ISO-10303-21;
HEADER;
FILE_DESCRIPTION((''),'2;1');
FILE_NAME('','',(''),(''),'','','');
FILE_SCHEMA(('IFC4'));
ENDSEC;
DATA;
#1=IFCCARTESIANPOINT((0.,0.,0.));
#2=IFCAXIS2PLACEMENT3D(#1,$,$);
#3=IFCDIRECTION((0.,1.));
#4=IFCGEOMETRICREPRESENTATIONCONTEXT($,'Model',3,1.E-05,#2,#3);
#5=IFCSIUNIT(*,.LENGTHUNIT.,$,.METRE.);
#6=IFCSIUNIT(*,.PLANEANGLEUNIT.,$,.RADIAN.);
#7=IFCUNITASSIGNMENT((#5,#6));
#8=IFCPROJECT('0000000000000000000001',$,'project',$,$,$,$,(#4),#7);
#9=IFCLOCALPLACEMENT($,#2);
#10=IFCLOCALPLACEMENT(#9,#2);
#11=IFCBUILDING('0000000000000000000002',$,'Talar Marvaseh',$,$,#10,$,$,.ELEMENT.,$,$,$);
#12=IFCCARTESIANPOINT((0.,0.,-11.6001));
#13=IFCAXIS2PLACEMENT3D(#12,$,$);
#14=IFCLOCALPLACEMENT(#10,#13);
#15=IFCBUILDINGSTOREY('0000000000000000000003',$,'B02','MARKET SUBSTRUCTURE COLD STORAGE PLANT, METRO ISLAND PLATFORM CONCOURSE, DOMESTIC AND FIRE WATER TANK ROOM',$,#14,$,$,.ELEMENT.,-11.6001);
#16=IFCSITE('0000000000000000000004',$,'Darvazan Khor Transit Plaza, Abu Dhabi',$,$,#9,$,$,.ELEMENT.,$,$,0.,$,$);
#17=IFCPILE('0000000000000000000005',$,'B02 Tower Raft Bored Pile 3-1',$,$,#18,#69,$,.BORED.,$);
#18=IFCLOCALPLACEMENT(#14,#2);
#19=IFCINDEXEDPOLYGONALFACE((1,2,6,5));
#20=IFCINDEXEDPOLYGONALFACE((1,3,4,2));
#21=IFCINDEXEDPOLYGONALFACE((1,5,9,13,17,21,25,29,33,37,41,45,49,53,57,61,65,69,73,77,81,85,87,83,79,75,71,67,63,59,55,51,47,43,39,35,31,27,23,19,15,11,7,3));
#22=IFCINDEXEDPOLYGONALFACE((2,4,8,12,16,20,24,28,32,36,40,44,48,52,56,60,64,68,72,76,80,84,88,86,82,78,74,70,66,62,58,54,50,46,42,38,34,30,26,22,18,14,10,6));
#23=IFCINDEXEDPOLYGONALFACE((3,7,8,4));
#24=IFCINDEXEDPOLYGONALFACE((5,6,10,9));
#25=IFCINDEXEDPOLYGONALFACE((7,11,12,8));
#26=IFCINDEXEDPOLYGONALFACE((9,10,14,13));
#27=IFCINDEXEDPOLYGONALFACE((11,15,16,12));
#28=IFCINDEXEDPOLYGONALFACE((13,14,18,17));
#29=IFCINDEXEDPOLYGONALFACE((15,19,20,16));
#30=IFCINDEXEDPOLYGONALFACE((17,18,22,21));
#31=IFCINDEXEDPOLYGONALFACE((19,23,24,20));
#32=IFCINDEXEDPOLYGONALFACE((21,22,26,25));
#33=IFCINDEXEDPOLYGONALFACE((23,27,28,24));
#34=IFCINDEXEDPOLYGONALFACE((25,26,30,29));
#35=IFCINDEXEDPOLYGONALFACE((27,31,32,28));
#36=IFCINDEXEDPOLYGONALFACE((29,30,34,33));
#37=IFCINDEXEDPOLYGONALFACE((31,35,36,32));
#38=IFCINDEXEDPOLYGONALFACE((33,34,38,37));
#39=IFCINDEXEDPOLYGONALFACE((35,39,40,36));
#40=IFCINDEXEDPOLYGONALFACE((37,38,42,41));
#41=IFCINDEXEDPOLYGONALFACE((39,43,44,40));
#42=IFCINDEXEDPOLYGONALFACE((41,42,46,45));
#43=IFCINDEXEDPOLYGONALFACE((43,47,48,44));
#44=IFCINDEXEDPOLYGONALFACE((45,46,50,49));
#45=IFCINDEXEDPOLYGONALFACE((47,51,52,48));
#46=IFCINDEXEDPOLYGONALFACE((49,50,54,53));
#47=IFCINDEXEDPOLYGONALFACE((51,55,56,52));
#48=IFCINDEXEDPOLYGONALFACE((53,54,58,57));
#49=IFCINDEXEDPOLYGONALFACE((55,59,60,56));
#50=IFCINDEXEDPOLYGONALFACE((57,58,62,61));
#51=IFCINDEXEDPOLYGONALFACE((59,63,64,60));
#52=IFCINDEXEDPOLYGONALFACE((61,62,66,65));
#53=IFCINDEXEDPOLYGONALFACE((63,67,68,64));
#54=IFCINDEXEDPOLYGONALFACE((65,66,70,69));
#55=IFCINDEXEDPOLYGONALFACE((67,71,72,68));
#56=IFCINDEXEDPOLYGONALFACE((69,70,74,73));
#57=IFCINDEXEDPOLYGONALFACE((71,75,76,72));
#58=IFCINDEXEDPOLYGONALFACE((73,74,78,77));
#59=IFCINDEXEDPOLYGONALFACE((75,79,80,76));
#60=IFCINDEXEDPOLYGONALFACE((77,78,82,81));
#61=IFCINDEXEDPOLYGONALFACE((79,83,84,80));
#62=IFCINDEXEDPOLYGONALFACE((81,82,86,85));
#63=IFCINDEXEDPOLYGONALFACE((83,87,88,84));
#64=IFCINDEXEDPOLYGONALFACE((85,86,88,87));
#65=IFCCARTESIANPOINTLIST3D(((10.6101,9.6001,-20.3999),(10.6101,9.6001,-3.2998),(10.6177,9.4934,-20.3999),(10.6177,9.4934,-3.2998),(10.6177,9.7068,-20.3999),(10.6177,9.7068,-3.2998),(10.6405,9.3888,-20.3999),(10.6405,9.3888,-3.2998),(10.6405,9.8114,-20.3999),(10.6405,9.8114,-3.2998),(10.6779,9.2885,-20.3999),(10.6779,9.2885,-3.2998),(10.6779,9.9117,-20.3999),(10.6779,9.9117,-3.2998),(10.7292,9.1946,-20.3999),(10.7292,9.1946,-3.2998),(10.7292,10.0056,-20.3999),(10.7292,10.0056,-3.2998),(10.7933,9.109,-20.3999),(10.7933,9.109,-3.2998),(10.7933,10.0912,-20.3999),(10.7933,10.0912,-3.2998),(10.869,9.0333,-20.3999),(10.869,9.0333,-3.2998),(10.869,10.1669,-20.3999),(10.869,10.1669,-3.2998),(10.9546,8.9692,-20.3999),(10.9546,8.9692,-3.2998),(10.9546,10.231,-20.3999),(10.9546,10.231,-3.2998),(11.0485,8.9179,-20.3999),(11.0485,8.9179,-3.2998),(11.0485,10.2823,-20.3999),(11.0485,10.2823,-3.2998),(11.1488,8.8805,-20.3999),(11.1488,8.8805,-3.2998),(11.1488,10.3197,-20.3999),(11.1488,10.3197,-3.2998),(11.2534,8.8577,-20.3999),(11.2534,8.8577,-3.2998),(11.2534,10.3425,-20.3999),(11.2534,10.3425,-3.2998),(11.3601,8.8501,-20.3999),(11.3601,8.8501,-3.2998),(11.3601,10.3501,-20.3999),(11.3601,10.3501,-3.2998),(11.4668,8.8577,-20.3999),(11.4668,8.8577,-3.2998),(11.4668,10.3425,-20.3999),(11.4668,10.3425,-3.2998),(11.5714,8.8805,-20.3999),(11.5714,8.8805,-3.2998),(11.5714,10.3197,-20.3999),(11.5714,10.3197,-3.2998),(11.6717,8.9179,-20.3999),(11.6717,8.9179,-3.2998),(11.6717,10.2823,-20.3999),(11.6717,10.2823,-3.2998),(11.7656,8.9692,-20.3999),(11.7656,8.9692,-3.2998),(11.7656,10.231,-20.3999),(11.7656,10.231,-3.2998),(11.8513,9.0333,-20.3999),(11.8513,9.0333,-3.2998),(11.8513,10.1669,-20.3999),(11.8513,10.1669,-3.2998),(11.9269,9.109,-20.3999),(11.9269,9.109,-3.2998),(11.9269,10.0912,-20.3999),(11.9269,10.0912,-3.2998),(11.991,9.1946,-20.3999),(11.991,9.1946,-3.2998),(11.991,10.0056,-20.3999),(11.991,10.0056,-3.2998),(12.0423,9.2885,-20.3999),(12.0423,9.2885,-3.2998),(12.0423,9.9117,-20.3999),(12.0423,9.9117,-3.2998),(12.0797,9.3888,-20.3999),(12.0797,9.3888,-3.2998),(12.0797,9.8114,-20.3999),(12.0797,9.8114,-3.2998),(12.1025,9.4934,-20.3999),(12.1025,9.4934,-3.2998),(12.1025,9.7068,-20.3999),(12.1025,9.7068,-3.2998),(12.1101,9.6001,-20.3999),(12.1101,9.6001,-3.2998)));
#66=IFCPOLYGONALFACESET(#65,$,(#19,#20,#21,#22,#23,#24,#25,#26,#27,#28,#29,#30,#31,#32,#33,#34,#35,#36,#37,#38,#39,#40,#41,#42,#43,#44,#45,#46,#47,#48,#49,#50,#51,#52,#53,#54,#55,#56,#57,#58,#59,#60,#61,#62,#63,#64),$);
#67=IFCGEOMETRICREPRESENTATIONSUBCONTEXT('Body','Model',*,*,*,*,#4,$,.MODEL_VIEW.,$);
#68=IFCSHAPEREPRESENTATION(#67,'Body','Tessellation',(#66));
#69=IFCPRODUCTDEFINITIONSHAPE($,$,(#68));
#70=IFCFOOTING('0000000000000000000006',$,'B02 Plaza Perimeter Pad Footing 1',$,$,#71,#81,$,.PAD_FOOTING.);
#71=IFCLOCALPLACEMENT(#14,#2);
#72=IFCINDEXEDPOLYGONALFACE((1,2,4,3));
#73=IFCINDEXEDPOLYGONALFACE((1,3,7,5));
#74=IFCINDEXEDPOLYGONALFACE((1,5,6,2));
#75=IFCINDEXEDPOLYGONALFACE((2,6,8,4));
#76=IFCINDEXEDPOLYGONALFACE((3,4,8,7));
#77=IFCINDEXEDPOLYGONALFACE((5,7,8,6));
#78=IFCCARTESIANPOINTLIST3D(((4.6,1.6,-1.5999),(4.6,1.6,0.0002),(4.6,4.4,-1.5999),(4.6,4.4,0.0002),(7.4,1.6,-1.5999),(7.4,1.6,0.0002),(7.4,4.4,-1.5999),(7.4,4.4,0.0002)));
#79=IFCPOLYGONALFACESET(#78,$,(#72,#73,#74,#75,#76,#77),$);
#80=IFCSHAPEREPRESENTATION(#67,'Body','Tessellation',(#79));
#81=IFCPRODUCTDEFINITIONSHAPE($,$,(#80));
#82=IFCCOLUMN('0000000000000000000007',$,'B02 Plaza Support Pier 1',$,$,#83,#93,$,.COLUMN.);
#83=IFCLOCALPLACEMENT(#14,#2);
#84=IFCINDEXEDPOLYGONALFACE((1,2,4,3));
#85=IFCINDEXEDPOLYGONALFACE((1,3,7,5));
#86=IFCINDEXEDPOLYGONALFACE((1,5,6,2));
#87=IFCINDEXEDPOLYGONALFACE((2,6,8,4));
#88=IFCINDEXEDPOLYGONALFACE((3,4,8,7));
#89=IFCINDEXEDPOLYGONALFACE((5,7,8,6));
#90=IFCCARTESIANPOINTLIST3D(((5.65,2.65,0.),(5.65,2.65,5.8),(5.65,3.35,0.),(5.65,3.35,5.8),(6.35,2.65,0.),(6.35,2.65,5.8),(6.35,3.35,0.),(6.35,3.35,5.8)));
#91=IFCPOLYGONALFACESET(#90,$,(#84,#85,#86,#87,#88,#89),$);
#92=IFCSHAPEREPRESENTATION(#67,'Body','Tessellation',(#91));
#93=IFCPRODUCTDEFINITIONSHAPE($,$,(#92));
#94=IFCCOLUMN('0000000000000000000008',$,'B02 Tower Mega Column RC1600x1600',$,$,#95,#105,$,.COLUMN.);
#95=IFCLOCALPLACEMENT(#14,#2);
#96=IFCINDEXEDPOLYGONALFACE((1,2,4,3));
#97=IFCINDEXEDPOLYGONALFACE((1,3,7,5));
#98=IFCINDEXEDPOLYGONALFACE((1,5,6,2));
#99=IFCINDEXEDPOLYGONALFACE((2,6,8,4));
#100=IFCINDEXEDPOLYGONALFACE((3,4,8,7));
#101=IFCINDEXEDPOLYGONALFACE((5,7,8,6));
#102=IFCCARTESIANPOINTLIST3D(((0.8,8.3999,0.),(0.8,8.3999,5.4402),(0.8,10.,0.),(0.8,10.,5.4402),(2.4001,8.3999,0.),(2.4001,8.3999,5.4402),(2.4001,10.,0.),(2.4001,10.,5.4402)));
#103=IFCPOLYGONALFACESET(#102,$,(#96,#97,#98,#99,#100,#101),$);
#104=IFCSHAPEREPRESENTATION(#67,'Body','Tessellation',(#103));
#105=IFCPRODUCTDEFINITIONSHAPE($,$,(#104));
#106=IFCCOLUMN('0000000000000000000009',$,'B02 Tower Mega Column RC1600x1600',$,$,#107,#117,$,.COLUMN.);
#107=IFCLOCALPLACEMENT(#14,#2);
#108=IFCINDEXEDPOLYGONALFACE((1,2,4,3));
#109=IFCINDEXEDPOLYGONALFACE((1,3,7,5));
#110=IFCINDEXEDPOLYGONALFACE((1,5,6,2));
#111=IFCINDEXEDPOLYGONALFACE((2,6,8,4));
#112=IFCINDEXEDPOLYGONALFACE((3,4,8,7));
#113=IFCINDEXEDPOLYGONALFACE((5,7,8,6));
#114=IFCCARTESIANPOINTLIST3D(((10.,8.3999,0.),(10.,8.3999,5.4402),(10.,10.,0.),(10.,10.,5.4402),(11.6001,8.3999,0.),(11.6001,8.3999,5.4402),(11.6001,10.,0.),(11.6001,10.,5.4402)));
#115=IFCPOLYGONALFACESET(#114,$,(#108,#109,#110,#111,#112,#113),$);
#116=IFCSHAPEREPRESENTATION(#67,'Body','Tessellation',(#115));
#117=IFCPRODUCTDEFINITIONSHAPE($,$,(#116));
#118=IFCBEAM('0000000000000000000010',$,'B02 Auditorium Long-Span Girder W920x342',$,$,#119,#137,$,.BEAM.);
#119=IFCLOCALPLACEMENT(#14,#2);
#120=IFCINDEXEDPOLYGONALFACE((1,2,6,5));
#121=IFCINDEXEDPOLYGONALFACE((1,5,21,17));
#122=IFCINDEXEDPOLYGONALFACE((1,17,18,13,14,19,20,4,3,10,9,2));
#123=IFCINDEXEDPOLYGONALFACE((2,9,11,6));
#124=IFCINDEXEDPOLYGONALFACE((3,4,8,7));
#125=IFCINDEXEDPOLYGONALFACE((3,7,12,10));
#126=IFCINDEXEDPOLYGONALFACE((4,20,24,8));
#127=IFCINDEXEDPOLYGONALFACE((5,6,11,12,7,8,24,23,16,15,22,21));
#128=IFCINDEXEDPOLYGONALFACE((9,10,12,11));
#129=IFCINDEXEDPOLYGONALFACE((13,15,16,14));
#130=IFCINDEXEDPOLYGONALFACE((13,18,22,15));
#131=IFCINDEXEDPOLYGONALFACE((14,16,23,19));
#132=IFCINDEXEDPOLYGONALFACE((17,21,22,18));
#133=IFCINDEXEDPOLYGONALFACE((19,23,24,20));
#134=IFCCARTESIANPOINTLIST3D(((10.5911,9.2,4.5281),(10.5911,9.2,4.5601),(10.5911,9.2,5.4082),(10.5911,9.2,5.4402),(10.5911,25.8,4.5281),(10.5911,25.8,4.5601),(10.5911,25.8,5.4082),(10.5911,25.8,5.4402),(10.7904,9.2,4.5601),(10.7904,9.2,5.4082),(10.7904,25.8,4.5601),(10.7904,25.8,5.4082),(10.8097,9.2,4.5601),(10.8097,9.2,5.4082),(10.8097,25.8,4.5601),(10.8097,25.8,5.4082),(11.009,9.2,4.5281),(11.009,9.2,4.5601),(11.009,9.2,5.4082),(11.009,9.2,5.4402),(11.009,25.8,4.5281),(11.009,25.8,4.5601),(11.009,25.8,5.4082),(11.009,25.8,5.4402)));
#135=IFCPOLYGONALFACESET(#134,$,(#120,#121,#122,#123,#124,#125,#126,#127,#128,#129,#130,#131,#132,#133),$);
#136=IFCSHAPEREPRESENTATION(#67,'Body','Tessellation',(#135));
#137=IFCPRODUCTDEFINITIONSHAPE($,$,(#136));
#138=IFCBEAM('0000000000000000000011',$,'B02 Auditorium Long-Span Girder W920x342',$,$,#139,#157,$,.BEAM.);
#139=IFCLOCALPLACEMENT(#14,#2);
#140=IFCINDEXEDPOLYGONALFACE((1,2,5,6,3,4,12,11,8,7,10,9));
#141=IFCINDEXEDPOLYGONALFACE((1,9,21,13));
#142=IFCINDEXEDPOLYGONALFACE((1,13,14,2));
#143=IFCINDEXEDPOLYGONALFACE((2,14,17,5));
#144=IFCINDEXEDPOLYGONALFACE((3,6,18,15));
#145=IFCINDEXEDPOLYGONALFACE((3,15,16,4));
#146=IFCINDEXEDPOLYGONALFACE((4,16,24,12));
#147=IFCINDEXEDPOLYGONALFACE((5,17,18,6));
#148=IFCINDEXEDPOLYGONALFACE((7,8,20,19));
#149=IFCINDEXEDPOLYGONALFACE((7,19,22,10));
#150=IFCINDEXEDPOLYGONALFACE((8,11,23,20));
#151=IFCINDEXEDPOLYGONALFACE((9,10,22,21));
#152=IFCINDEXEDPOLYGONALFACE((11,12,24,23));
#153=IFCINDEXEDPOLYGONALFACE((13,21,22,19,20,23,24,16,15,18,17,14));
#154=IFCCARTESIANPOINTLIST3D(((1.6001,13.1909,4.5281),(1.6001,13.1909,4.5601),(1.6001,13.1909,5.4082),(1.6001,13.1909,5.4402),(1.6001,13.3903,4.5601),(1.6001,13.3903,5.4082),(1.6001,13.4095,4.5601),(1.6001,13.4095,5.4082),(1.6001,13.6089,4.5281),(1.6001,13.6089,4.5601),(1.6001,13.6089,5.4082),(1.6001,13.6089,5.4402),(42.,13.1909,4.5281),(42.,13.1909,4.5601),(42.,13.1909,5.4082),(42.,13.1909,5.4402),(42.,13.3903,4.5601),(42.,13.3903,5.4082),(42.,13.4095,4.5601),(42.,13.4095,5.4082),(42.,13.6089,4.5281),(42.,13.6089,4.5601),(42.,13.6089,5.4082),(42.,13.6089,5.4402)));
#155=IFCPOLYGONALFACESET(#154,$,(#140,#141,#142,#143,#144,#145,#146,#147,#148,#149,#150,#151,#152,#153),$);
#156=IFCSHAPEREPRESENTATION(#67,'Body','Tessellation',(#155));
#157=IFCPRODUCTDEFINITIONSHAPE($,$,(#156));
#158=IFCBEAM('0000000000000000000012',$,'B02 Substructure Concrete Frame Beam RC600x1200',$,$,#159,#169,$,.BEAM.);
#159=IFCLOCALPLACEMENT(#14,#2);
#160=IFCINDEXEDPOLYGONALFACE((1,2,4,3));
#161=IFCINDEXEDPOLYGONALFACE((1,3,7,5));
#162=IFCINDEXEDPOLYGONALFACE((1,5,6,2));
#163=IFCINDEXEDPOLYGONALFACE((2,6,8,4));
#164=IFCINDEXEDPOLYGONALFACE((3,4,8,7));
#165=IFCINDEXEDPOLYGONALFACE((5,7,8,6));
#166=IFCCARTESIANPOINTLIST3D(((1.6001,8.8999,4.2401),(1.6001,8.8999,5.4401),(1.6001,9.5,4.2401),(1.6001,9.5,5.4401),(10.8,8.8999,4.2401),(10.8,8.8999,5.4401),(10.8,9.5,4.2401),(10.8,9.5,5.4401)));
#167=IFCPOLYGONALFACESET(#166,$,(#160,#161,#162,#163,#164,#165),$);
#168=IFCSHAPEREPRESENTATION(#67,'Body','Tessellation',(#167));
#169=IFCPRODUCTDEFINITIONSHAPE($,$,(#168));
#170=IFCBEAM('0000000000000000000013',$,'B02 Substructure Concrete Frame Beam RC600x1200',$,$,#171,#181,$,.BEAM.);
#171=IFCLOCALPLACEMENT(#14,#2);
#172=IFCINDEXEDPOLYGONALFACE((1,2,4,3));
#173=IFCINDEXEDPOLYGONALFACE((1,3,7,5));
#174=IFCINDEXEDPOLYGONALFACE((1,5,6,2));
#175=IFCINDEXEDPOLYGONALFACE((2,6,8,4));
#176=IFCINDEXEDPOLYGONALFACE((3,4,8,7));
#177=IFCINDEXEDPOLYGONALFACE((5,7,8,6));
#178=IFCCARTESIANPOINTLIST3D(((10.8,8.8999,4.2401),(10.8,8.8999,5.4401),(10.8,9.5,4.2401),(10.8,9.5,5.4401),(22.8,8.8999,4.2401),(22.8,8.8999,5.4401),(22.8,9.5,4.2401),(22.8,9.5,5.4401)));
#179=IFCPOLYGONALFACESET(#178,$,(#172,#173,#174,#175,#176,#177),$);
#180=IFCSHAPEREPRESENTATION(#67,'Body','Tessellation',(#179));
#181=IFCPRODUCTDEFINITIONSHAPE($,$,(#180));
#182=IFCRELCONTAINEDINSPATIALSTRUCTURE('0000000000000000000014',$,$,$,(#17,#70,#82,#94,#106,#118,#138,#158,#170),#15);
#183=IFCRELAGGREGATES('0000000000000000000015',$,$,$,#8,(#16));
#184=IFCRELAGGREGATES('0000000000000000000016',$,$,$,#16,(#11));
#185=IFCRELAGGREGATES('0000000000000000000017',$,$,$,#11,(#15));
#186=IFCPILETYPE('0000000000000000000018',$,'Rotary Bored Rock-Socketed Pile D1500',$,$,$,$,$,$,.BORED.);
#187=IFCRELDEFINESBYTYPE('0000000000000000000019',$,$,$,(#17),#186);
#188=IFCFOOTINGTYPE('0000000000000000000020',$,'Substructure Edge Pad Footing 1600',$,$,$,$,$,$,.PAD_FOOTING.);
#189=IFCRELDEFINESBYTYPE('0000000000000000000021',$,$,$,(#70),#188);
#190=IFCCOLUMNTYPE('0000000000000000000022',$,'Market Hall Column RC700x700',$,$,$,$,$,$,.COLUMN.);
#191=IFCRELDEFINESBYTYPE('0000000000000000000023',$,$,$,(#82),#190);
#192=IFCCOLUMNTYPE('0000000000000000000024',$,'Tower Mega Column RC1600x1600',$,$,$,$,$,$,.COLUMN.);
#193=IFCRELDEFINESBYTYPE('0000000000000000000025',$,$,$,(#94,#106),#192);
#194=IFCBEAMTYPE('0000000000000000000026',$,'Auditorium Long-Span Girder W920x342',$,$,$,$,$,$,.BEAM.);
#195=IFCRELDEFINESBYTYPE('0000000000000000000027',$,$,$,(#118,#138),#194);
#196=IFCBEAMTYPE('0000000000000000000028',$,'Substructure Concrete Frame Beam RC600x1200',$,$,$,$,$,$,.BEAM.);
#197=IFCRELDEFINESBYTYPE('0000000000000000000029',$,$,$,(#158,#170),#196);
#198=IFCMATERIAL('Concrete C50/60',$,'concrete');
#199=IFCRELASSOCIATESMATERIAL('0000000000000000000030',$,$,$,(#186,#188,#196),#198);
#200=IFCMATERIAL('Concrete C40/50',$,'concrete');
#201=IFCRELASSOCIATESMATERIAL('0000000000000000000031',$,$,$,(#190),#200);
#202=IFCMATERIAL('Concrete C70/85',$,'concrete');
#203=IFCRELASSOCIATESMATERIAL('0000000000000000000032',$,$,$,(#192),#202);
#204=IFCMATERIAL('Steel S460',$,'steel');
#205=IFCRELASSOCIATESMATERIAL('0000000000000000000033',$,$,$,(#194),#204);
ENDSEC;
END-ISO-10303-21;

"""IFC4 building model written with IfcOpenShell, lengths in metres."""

from ifc_helpers import new_model, si_unit, direction, frame, origin, origin_2d, place, context, subcontext, project, spatial, rectangle, circle, i_section, extrude, source, transform, mapped, material, material_profile, profile_set, type_object, type_shapes, element, save


model = new_model("IFC4")

# Units and contexts
model_context = context("Model", 3, precision=1e-05, world=origin(), true_north=direction((0.0, 1.0)))
body_context = subcontext(model_context, "Body", "Model", "MODEL_VIEW")
ifc_project = project(units=[si_unit("LENGTHUNIT", "METRE"), si_unit("PLANEANGLEUNIT", "RADIAN")], contexts=[model_context])

# Site, building, storey
site_placement = place(None, origin())
site = spatial("IfcSite", under=ifc_project, at=site_placement, Name="Darvazan Khor Transit Plaza, Abu Dhabi", CompositionType="ELEMENT", RefElevation=0.0)
building_placement = place(site_placement, origin())
building = spatial("IfcBuilding", under=site, at=building_placement, Name="Talar Marvaseh", CompositionType="ELEMENT")
storey_placement = place(building_placement, frame((0.0, 0.0, -11.6001)))
storey = spatial("IfcBuildingStorey", under=building, at=storey_placement, Name="B02", Description="MARKET SUBSTRUCTURE COLD STORAGE PLANT, METRO ISLAND PLATFORM CONCOURSE, DOMESTIC AND FIRE WATER TANK ROOM", CompositionType="ELEMENT", Elevation=-11.6001)

# Pile
ifc_material_1 = material(Name="Concrete C50/60", Category="concrete")
ifc_material_profile_1 = material_profile(ifc_material_1, circle(Radius=0.75, at=origin_2d()), Name="PILE-D1500")
ifc_profile_set_1 = profile_set([ifc_material_profile_1], Name="Concrete C50/60")
pile_type_1 = type_object("IfcPileType", Name="Rotary Bored Rock-Socketed Pile D1500", PredefinedType="BORED", material=ifc_profile_set_1)
shared_shape_1 = source(origin(), body_context, "Body", "SweptSolid", [
    extrude(circle(Radius=0.75, at=origin_2d()), origin(), (0.0, 0.0, 1.0), 17.1001),
])
type_shapes(pile_type_1, [shared_shape_1])
for number, where, z_axis, x_axis, name in (
    (1, (11.3601, 9.6001, -3.2998), (0.0, 0.0, -1.0), (1.0, 0.0, 0.0), "B02 Tower Raft Bored Pile 3-1"),
):
    element("IfcPile", number, at=place(storey_placement, frame(where, z_axis=z_axis, x_axis=x_axis)), inside=storey, type_object=pile_type_1, Name=name, PredefinedType="BORED", context=body_context, shape_type="MappedRepresentation", body=[
        mapped(shared_shape_1, transform((0.0, 0.0, 0.0), x_axis=(1.0, 0.0, 0.0), y_axis=(0.0, 1.0, 0.0), z_axis=(0.0, 0.0, 1.0), scale=1.0)),
    ])

# Footing
footing_type = type_object("IfcFootingType", Name="Substructure Edge Pad Footing 1600", PredefinedType="PAD_FOOTING", material=ifc_material_1)
shared_shape_2 = source(origin(), body_context, "Body", "SweptSolid", [
    extrude(rectangle(XDim=2.8, YDim=2.8, at=origin_2d()), origin(), (0.0, 0.0, 1.0), 1.6001),
])
type_shapes(footing_type, [shared_shape_2])
footing_placement = place(storey_placement, frame((6.0, 3.0, -1.5999), z_axis=(0.0, 0.0, 1.0), x_axis=(1.0, 0.0, 0.0)))
element("IfcFooting", 2, at=footing_placement, inside=storey, type_object=footing_type, Name="B02 Plaza Perimeter Pad Footing 1", PredefinedType="PAD_FOOTING", context=body_context, shape_type="MappedRepresentation", body=[
    mapped(shared_shape_2, transform((0.0, 0.0, 0.0), x_axis=(1.0, 0.0, 0.0), y_axis=(0.0, 1.0, 0.0), z_axis=(0.0, 0.0, 1.0), scale=1.0)),
])

# Columns
ifc_material_2 = material(Name="Concrete C40/50", Category="concrete")
ifc_material_profile_2 = material_profile(ifc_material_2, rectangle(XDim=0.7, YDim=0.7, at=origin_2d()), Name="RC700x700")
ifc_profile_set_2 = profile_set([ifc_material_profile_2], Name="Concrete C40/50")
column_type_1 = type_object("IfcColumnType", Name="Market Hall Column RC700x700", PredefinedType="COLUMN", material=ifc_profile_set_2)
column_placement = place(storey_placement, frame((6.0, 3.0, 0.0), z_axis=(0.0, 0.0, 1.0), x_axis=(1.0, 0.0, 0.0)))
element("IfcColumn", 3, at=column_placement, inside=storey, type_object=column_type_1, Name="B02 Plaza Support Pier 1", PredefinedType="COLUMN", context=body_context, shape_type="SweptSolid", body=[
    extrude(rectangle(XDim=0.7, YDim=0.7, at=origin_2d()), origin(), (0.0, 0.0, 1.0), 5.8),
])
ifc_material_3 = material(Name="Concrete C70/85", Category="concrete")
ifc_material_profile_3 = material_profile(ifc_material_3, rectangle(XDim=1.6001, YDim=1.6001, at=origin_2d()), Name="RC1600x1600")
ifc_profile_set_3 = profile_set([ifc_material_profile_3], Name="Concrete C70/85")
column_type_2 = type_object("IfcColumnType", Name="Tower Mega Column RC1600x1600", PredefinedType="COLUMN", material=ifc_profile_set_3)
for number, where, z_axis, x_axis, name in (
    (4, (1.6001, 9.2, 0.0), (0.0, 0.0, 1.0), (1.0, 0.0, 0.0), "B02 Tower Mega Column RC1600x1600"),
    (5, (10.8, 9.2, 0.0), (0.0, 0.0, 1.0), (1.0, 0.0, 0.0), "B02 Tower Mega Column RC1600x1600"),
):
    element("IfcColumn", number, at=place(storey_placement, frame(where, z_axis=z_axis, x_axis=x_axis)), inside=storey, type_object=column_type_2, Name=name, PredefinedType="COLUMN", context=body_context, shape_type="SweptSolid", body=[
        extrude(rectangle(XDim=1.6001, YDim=1.6001, at=origin_2d()), origin(), (0.0, 0.0, 1.0), 5.4402),
    ])

# Beams
ifc_material_4 = material(Name="Steel S460", Category="steel")
ifc_material_profile_4 = material_profile(ifc_material_4, i_section(OverallWidth=0.418, OverallDepth=0.9121, WebThickness=0.0193, FlangeThickness=0.032, at=origin_2d()), Name="W920x342")
ifc_profile_set_4 = profile_set([ifc_material_profile_4], Name="Steel S460")
beam_type_1 = type_object("IfcBeamType", Name="Auditorium Long-Span Girder W920x342", PredefinedType="BEAM", material=ifc_profile_set_4)
beam_1_placement = place(storey_placement, frame((10.8, 9.2, 4.9841), z_axis=(0.0, 1.0, 0.0), x_axis=(-1.0, 0.0, 0.0)))
element("IfcBeam", 6, at=beam_1_placement, inside=storey, type_object=beam_type_1, Name="B02 Auditorium Long-Span Girder W920x342", PredefinedType="BEAM", context=body_context, shape_type="SweptSolid", body=[
    extrude(i_section(OverallWidth=0.418, OverallDepth=0.9121, WebThickness=0.0193, FlangeThickness=0.032, at=origin_2d()), origin(), (0.0, 0.0, 1.0), 16.6001),
])
beam_2_placement = place(storey_placement, frame((1.6001, 13.3999, 4.9841), z_axis=(1.0, 0.0, 0.0), x_axis=(0.0, 1.0, 0.0)))
element("IfcBeam", 7, at=beam_2_placement, inside=storey, type_object=beam_type_1, Name="B02 Auditorium Long-Span Girder W920x342", PredefinedType="BEAM", context=body_context, shape_type="SweptSolid", body=[
    extrude(i_section(OverallWidth=0.418, OverallDepth=0.9121, WebThickness=0.0193, FlangeThickness=0.032, at=origin_2d()), origin(), (0.0, 0.0, 1.0), 40.3999),
])
ifc_material_profile_5 = material_profile(ifc_material_1, rectangle(XDim=0.6001, YDim=1.2, at=origin_2d()), Name="RC600x1200")
ifc_profile_set_5 = profile_set([ifc_material_profile_5], Name="Concrete C50/60")
beam_type_2 = type_object("IfcBeamType", Name="Substructure Concrete Frame Beam RC600x1200", PredefinedType="BEAM", material=ifc_profile_set_5)
beam_3_placement = place(storey_placement, frame((1.6001, 9.2, 4.8401), z_axis=(1.0, 0.0, 0.0), x_axis=(0.0, 1.0, 0.0)))
element("IfcBeam", 8, at=beam_3_placement, inside=storey, type_object=beam_type_2, Name="B02 Substructure Concrete Frame Beam RC600x1200", PredefinedType="BEAM", context=body_context, shape_type="SweptSolid", body=[
    extrude(rectangle(XDim=0.6001, YDim=1.2, at=origin_2d()), origin(), (0.0, 0.0, 1.0), 9.2),
])
beam_4_placement = place(storey_placement, frame((10.8, 9.2, 4.8401), z_axis=(1.0, 0.0, 0.0), x_axis=(0.0, 1.0, 0.0)))
element("IfcBeam", 9, at=beam_4_placement, inside=storey, type_object=beam_type_2, Name="B02 Substructure Concrete Frame Beam RC600x1200", PredefinedType="BEAM", context=body_context, shape_type="SweptSolid", body=[
    extrude(rectangle(XDim=0.6001, YDim=1.2, at=origin_2d()), origin(), (0.0, 0.0, 1.0), 12.0),
])

save(model, "model.ifc")
